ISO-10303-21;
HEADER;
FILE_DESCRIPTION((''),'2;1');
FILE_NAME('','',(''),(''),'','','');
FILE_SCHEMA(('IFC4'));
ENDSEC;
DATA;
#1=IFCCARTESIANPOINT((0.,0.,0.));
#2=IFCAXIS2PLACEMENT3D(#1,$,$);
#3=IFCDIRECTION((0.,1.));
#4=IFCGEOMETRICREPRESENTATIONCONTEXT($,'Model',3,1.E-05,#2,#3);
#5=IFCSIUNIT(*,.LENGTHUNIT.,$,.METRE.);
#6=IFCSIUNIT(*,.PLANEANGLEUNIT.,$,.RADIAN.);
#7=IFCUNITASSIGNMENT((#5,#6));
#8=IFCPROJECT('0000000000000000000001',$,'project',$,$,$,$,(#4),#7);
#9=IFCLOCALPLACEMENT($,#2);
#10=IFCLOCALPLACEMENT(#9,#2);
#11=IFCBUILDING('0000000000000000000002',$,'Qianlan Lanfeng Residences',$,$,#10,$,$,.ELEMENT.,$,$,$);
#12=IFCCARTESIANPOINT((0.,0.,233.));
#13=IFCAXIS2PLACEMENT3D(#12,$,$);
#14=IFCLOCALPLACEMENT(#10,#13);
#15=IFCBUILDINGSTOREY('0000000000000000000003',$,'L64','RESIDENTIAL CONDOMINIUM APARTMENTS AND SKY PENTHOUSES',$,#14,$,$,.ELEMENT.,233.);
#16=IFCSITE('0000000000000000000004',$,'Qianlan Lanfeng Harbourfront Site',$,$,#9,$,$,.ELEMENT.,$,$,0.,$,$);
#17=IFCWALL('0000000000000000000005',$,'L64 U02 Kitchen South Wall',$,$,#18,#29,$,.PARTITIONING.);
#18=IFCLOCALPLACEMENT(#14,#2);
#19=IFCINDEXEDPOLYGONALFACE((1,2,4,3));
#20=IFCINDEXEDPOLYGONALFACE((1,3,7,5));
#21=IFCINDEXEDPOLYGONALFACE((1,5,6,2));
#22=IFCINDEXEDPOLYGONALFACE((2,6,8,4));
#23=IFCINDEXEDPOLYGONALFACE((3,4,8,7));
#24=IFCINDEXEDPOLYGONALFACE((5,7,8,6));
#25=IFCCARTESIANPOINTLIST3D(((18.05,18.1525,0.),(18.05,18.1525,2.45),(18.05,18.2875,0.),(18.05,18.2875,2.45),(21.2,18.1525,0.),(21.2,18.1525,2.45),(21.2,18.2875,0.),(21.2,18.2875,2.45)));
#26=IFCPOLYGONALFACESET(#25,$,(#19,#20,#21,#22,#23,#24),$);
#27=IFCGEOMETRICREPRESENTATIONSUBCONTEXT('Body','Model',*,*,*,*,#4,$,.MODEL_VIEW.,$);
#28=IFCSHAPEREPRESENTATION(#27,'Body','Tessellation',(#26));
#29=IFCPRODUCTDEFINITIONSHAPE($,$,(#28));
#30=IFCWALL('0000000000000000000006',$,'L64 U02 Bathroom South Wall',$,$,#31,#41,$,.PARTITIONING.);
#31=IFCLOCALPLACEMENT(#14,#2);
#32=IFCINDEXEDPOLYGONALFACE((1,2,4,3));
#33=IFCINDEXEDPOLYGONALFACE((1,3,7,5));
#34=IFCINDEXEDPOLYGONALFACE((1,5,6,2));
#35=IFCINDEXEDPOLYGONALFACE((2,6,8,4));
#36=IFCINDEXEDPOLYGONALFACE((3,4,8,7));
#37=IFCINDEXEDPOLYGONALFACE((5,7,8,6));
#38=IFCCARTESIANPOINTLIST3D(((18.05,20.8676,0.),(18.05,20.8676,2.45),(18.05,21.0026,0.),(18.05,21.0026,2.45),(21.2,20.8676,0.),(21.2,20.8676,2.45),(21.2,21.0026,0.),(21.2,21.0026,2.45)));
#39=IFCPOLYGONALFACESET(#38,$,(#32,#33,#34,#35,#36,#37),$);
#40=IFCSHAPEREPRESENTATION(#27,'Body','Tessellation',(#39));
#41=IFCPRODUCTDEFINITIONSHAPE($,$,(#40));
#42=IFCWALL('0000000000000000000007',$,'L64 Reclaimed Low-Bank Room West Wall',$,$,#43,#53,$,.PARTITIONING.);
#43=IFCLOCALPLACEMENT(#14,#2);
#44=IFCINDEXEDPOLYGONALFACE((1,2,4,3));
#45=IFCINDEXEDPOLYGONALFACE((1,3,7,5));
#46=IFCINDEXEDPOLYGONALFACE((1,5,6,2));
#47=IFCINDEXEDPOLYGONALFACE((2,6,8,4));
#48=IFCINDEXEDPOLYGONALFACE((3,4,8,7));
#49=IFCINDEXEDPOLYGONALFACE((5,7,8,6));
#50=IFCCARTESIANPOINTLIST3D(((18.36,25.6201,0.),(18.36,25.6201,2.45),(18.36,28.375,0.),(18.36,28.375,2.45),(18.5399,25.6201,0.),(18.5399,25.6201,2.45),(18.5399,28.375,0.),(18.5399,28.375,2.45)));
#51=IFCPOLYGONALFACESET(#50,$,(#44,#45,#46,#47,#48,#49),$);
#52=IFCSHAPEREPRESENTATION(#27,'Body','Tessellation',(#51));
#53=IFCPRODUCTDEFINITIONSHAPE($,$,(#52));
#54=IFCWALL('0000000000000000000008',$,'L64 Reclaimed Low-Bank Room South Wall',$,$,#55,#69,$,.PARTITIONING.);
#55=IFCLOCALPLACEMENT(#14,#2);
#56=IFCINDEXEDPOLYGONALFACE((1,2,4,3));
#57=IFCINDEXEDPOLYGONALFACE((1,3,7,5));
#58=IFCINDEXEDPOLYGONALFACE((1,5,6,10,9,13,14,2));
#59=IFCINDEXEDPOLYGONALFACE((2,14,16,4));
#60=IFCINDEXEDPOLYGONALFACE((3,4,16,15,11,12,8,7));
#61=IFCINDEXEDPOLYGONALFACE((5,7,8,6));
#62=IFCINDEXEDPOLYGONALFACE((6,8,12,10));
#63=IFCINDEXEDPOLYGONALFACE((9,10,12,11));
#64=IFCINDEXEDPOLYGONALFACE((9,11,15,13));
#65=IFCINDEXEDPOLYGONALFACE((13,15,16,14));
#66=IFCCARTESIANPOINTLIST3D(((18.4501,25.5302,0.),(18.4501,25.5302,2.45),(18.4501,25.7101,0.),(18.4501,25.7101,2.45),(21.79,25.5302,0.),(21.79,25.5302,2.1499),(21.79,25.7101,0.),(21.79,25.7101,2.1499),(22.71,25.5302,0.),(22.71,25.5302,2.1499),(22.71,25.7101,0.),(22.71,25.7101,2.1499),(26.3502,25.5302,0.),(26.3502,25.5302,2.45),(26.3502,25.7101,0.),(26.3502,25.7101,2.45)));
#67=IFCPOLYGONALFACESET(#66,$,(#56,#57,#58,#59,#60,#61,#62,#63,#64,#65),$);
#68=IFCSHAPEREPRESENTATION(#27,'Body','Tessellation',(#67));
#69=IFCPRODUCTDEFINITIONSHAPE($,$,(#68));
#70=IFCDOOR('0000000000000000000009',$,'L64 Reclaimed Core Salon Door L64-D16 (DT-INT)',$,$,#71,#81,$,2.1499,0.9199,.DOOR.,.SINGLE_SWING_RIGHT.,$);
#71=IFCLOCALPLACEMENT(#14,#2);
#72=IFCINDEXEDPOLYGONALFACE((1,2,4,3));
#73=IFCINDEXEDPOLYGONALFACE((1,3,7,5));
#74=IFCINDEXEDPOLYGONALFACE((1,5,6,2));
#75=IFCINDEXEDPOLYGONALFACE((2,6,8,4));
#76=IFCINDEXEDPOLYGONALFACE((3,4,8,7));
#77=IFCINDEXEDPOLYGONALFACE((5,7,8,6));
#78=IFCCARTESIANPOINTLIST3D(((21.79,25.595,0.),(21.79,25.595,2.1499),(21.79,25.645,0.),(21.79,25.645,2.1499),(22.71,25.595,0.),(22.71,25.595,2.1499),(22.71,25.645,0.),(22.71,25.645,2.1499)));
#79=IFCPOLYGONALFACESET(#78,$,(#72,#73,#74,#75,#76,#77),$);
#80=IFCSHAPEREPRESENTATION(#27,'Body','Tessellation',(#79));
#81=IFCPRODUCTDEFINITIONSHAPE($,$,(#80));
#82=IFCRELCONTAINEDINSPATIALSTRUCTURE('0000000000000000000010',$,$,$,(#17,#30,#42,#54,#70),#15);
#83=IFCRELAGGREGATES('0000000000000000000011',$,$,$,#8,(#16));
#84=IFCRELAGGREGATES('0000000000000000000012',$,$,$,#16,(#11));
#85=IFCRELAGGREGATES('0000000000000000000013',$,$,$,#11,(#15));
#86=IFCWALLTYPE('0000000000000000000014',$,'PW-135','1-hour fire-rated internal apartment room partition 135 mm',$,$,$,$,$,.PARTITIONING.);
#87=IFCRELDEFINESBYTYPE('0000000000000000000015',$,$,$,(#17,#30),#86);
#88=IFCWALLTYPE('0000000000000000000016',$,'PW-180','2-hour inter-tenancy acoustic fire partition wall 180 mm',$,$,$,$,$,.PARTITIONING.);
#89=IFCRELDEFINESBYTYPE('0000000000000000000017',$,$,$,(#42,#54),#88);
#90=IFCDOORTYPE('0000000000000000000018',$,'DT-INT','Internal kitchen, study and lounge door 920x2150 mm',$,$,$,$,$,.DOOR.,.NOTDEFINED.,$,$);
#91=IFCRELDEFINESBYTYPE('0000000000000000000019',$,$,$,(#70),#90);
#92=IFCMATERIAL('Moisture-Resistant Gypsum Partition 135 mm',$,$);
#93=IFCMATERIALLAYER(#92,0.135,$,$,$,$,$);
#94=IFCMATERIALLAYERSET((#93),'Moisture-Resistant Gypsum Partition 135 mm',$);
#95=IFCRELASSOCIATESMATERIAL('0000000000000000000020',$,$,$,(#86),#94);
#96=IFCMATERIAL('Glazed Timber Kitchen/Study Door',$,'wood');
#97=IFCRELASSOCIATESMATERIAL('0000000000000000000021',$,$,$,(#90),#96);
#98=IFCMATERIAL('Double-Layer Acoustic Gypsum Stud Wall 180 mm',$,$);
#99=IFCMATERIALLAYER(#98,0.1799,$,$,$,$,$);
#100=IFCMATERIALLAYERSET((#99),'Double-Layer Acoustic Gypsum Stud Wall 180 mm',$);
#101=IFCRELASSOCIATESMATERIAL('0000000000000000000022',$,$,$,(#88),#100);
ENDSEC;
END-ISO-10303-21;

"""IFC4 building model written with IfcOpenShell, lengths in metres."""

from ifc_helpers import new_model, si_unit, direction, frame, frame_2d, origin, place, context, subcontext, project, spatial, rectangle, extrude, material, layer, layer_set, type_object, element, fill, save


model = new_model("IFC4")

# Units and contexts
model_context = context("Model", 3, precision=1e-05, world=origin(), true_north=direction((0.0, 1.0)))
body_context = subcontext(model_context, "Body", "Model", "MODEL_VIEW")
ifc_project = project(units=[si_unit("LENGTHUNIT", "METRE"), si_unit("PLANEANGLEUNIT", "RADIAN")], contexts=[model_context])

# Site, building, storey
site_placement = place(None, origin())
site = spatial("IfcSite", under=ifc_project, at=site_placement, Name="Qianlan Lanfeng Harbourfront Site", CompositionType="ELEMENT", RefElevation=0.0)
building_placement = place(site_placement, origin())
building = spatial("IfcBuilding", under=site, at=building_placement, Name="Qianlan Lanfeng Residences", CompositionType="ELEMENT")
storey_placement = place(building_placement, frame((0.0, 0.0, 233.0)))
storey = spatial("IfcBuildingStorey", under=building, at=storey_placement, Name="L64", Description="RESIDENTIAL CONDOMINIUM APARTMENTS AND SKY PENTHOUSES", CompositionType="ELEMENT", Elevation=233.0)

# Shared definitions
ifc_material_1 = material(Name="Moisture-Resistant Gypsum Partition 135 mm")
ifc_layer_1 = layer(ifc_material_1, 0.135)
ifc_layer_set_1 = layer_set([ifc_layer_1], Name="Moisture-Resistant Gypsum Partition 135 mm")
wall_type_1 = type_object("IfcWallType", Name="PW-135", Description="1-hour fire-rated internal apartment room partition 135 mm", PredefinedType="PARTITIONING", material=ifc_layer_set_1)

# Shared definitions
ifc_material_2 = material(Name="Glazed Timber Kitchen/Study Door", Category="wood")
door_type_1 = type_object("IfcDoorType", Name="DT-INT", Description="Internal kitchen, study and lounge door 920x2150 mm", OperationType="NOTDEFINED", PredefinedType="DOOR", material=ifc_material_2)

# Walls
for number, where, z_axis, x_axis, name in (
    (1, (18.05, 18.22, 0.0), (0.0, 0.0, 1.0), (1.0, 0.0, 0.0), "L64 U02 Kitchen South Wall"),
    (2, (18.05, 20.9351, 0.0), (0.0, 0.0, 1.0), (1.0, 0.0, 0.0), "L64 U02 Bathroom South Wall"),
):
    element("IfcWall", number, at=place(storey_placement, frame(where, z_axis=z_axis, x_axis=x_axis)), inside=storey, type_object=wall_type_1, Name=name, PredefinedType="PARTITIONING", context=body_context, shape_type="SweptSolid", body=[
        extrude(rectangle(XDim=3.1499, YDim=0.135, at=frame_2d((1.575, 0.0))), origin(), (0.0, 0.0, 1.0), 2.45),
    ])

# Shared definitions
ifc_material_3 = material(Name="Double-Layer Acoustic Gypsum Stud Wall 180 mm")
ifc_layer_2 = layer(ifc_material_3, 0.1799)
ifc_layer_set_2 = layer_set([ifc_layer_2], Name="Double-Layer Acoustic Gypsum Stud Wall 180 mm")
wall_type_2 = type_object("IfcWallType", Name="PW-180", Description="2-hour inter-tenancy acoustic fire partition wall 180 mm", PredefinedType="PARTITIONING", material=ifc_layer_set_2)

# Wall
wall_1_placement = place(storey_placement, frame((18.45, 25.6201, 0.0), z_axis=(0.0, 0.0, 1.0), x_axis=(0.0, 1.0, 0.0)))
element("IfcWall", 3, at=wall_1_placement, inside=storey, type_object=wall_type_2, Name="L64 Reclaimed Low-Bank Room West Wall", PredefinedType="PARTITIONING", context=body_context, shape_type="SweptSolid", body=[
    extrude(rectangle(XDim=2.7549, YDim=0.1799, at=frame_2d((1.3774, 0.0))), origin(), (0.0, 0.0, 1.0), 2.45),
])

# Wall, opening, door
wall_2_placement = place(storey_placement, frame((18.45, 25.6201, 0.0), z_axis=(0.0, 0.0, 1.0), x_axis=(1.0, 0.0, 0.0)))
wall_2 = element("IfcWall", 4, at=wall_2_placement, inside=storey, type_object=wall_type_2, Name="L64 Reclaimed Low-Bank Room South Wall", PredefinedType="PARTITIONING", context=body_context, shape_type="SweptSolid", body=[
    extrude(rectangle(XDim=7.9001, YDim=0.1799, at=frame_2d((3.9502, 0.0))), origin(), (0.0, 0.0, 1.0), 2.45),
])
opening_1_placement = place(wall_2_placement, frame((3.3401, 0.0, 0.0)))
opening_1 = element("IfcOpeningElement", 5, at=opening_1_placement, cuts=wall_2, PredefinedType="OPENING", context=body_context, shape_type="SweptSolid", body=[
    extrude(rectangle(XDim=0.9199, YDim=2.1499, at=frame_2d((0.46, 1.075))), frame((0.0, 0.1001, 0.0), z_axis=(0.0, -1.0, 0.0), x_axis=(1.0, 0.0, 0.0)), (0.0, 0.0, 1.0), 0.2),
])
door_1_placement = place(opening_1_placement, origin())
door_1 = element("IfcDoor", 6, at=door_1_placement, inside=storey, type_object=door_type_1, Name="L64 Reclaimed Core Salon Door L64-D16 (DT-INT)", OperationType="SINGLE_SWING_RIGHT", OverallHeight=2.1499, OverallWidth=0.9199, PredefinedType="DOOR", context=body_context, shape_type="SweptSolid", body=[
    extrude(rectangle(XDim=0.9199, YDim=2.1499, at=frame_2d((0.46, 1.075))), frame((0.0, 0.0249, 0.0), z_axis=(0.0, -1.0, 0.0), x_axis=(1.0, 0.0, 0.0)), (0.0, 0.0, 1.0), 0.05),
])
fill(opening_1, door_1)

save(model, "model.ifc")
